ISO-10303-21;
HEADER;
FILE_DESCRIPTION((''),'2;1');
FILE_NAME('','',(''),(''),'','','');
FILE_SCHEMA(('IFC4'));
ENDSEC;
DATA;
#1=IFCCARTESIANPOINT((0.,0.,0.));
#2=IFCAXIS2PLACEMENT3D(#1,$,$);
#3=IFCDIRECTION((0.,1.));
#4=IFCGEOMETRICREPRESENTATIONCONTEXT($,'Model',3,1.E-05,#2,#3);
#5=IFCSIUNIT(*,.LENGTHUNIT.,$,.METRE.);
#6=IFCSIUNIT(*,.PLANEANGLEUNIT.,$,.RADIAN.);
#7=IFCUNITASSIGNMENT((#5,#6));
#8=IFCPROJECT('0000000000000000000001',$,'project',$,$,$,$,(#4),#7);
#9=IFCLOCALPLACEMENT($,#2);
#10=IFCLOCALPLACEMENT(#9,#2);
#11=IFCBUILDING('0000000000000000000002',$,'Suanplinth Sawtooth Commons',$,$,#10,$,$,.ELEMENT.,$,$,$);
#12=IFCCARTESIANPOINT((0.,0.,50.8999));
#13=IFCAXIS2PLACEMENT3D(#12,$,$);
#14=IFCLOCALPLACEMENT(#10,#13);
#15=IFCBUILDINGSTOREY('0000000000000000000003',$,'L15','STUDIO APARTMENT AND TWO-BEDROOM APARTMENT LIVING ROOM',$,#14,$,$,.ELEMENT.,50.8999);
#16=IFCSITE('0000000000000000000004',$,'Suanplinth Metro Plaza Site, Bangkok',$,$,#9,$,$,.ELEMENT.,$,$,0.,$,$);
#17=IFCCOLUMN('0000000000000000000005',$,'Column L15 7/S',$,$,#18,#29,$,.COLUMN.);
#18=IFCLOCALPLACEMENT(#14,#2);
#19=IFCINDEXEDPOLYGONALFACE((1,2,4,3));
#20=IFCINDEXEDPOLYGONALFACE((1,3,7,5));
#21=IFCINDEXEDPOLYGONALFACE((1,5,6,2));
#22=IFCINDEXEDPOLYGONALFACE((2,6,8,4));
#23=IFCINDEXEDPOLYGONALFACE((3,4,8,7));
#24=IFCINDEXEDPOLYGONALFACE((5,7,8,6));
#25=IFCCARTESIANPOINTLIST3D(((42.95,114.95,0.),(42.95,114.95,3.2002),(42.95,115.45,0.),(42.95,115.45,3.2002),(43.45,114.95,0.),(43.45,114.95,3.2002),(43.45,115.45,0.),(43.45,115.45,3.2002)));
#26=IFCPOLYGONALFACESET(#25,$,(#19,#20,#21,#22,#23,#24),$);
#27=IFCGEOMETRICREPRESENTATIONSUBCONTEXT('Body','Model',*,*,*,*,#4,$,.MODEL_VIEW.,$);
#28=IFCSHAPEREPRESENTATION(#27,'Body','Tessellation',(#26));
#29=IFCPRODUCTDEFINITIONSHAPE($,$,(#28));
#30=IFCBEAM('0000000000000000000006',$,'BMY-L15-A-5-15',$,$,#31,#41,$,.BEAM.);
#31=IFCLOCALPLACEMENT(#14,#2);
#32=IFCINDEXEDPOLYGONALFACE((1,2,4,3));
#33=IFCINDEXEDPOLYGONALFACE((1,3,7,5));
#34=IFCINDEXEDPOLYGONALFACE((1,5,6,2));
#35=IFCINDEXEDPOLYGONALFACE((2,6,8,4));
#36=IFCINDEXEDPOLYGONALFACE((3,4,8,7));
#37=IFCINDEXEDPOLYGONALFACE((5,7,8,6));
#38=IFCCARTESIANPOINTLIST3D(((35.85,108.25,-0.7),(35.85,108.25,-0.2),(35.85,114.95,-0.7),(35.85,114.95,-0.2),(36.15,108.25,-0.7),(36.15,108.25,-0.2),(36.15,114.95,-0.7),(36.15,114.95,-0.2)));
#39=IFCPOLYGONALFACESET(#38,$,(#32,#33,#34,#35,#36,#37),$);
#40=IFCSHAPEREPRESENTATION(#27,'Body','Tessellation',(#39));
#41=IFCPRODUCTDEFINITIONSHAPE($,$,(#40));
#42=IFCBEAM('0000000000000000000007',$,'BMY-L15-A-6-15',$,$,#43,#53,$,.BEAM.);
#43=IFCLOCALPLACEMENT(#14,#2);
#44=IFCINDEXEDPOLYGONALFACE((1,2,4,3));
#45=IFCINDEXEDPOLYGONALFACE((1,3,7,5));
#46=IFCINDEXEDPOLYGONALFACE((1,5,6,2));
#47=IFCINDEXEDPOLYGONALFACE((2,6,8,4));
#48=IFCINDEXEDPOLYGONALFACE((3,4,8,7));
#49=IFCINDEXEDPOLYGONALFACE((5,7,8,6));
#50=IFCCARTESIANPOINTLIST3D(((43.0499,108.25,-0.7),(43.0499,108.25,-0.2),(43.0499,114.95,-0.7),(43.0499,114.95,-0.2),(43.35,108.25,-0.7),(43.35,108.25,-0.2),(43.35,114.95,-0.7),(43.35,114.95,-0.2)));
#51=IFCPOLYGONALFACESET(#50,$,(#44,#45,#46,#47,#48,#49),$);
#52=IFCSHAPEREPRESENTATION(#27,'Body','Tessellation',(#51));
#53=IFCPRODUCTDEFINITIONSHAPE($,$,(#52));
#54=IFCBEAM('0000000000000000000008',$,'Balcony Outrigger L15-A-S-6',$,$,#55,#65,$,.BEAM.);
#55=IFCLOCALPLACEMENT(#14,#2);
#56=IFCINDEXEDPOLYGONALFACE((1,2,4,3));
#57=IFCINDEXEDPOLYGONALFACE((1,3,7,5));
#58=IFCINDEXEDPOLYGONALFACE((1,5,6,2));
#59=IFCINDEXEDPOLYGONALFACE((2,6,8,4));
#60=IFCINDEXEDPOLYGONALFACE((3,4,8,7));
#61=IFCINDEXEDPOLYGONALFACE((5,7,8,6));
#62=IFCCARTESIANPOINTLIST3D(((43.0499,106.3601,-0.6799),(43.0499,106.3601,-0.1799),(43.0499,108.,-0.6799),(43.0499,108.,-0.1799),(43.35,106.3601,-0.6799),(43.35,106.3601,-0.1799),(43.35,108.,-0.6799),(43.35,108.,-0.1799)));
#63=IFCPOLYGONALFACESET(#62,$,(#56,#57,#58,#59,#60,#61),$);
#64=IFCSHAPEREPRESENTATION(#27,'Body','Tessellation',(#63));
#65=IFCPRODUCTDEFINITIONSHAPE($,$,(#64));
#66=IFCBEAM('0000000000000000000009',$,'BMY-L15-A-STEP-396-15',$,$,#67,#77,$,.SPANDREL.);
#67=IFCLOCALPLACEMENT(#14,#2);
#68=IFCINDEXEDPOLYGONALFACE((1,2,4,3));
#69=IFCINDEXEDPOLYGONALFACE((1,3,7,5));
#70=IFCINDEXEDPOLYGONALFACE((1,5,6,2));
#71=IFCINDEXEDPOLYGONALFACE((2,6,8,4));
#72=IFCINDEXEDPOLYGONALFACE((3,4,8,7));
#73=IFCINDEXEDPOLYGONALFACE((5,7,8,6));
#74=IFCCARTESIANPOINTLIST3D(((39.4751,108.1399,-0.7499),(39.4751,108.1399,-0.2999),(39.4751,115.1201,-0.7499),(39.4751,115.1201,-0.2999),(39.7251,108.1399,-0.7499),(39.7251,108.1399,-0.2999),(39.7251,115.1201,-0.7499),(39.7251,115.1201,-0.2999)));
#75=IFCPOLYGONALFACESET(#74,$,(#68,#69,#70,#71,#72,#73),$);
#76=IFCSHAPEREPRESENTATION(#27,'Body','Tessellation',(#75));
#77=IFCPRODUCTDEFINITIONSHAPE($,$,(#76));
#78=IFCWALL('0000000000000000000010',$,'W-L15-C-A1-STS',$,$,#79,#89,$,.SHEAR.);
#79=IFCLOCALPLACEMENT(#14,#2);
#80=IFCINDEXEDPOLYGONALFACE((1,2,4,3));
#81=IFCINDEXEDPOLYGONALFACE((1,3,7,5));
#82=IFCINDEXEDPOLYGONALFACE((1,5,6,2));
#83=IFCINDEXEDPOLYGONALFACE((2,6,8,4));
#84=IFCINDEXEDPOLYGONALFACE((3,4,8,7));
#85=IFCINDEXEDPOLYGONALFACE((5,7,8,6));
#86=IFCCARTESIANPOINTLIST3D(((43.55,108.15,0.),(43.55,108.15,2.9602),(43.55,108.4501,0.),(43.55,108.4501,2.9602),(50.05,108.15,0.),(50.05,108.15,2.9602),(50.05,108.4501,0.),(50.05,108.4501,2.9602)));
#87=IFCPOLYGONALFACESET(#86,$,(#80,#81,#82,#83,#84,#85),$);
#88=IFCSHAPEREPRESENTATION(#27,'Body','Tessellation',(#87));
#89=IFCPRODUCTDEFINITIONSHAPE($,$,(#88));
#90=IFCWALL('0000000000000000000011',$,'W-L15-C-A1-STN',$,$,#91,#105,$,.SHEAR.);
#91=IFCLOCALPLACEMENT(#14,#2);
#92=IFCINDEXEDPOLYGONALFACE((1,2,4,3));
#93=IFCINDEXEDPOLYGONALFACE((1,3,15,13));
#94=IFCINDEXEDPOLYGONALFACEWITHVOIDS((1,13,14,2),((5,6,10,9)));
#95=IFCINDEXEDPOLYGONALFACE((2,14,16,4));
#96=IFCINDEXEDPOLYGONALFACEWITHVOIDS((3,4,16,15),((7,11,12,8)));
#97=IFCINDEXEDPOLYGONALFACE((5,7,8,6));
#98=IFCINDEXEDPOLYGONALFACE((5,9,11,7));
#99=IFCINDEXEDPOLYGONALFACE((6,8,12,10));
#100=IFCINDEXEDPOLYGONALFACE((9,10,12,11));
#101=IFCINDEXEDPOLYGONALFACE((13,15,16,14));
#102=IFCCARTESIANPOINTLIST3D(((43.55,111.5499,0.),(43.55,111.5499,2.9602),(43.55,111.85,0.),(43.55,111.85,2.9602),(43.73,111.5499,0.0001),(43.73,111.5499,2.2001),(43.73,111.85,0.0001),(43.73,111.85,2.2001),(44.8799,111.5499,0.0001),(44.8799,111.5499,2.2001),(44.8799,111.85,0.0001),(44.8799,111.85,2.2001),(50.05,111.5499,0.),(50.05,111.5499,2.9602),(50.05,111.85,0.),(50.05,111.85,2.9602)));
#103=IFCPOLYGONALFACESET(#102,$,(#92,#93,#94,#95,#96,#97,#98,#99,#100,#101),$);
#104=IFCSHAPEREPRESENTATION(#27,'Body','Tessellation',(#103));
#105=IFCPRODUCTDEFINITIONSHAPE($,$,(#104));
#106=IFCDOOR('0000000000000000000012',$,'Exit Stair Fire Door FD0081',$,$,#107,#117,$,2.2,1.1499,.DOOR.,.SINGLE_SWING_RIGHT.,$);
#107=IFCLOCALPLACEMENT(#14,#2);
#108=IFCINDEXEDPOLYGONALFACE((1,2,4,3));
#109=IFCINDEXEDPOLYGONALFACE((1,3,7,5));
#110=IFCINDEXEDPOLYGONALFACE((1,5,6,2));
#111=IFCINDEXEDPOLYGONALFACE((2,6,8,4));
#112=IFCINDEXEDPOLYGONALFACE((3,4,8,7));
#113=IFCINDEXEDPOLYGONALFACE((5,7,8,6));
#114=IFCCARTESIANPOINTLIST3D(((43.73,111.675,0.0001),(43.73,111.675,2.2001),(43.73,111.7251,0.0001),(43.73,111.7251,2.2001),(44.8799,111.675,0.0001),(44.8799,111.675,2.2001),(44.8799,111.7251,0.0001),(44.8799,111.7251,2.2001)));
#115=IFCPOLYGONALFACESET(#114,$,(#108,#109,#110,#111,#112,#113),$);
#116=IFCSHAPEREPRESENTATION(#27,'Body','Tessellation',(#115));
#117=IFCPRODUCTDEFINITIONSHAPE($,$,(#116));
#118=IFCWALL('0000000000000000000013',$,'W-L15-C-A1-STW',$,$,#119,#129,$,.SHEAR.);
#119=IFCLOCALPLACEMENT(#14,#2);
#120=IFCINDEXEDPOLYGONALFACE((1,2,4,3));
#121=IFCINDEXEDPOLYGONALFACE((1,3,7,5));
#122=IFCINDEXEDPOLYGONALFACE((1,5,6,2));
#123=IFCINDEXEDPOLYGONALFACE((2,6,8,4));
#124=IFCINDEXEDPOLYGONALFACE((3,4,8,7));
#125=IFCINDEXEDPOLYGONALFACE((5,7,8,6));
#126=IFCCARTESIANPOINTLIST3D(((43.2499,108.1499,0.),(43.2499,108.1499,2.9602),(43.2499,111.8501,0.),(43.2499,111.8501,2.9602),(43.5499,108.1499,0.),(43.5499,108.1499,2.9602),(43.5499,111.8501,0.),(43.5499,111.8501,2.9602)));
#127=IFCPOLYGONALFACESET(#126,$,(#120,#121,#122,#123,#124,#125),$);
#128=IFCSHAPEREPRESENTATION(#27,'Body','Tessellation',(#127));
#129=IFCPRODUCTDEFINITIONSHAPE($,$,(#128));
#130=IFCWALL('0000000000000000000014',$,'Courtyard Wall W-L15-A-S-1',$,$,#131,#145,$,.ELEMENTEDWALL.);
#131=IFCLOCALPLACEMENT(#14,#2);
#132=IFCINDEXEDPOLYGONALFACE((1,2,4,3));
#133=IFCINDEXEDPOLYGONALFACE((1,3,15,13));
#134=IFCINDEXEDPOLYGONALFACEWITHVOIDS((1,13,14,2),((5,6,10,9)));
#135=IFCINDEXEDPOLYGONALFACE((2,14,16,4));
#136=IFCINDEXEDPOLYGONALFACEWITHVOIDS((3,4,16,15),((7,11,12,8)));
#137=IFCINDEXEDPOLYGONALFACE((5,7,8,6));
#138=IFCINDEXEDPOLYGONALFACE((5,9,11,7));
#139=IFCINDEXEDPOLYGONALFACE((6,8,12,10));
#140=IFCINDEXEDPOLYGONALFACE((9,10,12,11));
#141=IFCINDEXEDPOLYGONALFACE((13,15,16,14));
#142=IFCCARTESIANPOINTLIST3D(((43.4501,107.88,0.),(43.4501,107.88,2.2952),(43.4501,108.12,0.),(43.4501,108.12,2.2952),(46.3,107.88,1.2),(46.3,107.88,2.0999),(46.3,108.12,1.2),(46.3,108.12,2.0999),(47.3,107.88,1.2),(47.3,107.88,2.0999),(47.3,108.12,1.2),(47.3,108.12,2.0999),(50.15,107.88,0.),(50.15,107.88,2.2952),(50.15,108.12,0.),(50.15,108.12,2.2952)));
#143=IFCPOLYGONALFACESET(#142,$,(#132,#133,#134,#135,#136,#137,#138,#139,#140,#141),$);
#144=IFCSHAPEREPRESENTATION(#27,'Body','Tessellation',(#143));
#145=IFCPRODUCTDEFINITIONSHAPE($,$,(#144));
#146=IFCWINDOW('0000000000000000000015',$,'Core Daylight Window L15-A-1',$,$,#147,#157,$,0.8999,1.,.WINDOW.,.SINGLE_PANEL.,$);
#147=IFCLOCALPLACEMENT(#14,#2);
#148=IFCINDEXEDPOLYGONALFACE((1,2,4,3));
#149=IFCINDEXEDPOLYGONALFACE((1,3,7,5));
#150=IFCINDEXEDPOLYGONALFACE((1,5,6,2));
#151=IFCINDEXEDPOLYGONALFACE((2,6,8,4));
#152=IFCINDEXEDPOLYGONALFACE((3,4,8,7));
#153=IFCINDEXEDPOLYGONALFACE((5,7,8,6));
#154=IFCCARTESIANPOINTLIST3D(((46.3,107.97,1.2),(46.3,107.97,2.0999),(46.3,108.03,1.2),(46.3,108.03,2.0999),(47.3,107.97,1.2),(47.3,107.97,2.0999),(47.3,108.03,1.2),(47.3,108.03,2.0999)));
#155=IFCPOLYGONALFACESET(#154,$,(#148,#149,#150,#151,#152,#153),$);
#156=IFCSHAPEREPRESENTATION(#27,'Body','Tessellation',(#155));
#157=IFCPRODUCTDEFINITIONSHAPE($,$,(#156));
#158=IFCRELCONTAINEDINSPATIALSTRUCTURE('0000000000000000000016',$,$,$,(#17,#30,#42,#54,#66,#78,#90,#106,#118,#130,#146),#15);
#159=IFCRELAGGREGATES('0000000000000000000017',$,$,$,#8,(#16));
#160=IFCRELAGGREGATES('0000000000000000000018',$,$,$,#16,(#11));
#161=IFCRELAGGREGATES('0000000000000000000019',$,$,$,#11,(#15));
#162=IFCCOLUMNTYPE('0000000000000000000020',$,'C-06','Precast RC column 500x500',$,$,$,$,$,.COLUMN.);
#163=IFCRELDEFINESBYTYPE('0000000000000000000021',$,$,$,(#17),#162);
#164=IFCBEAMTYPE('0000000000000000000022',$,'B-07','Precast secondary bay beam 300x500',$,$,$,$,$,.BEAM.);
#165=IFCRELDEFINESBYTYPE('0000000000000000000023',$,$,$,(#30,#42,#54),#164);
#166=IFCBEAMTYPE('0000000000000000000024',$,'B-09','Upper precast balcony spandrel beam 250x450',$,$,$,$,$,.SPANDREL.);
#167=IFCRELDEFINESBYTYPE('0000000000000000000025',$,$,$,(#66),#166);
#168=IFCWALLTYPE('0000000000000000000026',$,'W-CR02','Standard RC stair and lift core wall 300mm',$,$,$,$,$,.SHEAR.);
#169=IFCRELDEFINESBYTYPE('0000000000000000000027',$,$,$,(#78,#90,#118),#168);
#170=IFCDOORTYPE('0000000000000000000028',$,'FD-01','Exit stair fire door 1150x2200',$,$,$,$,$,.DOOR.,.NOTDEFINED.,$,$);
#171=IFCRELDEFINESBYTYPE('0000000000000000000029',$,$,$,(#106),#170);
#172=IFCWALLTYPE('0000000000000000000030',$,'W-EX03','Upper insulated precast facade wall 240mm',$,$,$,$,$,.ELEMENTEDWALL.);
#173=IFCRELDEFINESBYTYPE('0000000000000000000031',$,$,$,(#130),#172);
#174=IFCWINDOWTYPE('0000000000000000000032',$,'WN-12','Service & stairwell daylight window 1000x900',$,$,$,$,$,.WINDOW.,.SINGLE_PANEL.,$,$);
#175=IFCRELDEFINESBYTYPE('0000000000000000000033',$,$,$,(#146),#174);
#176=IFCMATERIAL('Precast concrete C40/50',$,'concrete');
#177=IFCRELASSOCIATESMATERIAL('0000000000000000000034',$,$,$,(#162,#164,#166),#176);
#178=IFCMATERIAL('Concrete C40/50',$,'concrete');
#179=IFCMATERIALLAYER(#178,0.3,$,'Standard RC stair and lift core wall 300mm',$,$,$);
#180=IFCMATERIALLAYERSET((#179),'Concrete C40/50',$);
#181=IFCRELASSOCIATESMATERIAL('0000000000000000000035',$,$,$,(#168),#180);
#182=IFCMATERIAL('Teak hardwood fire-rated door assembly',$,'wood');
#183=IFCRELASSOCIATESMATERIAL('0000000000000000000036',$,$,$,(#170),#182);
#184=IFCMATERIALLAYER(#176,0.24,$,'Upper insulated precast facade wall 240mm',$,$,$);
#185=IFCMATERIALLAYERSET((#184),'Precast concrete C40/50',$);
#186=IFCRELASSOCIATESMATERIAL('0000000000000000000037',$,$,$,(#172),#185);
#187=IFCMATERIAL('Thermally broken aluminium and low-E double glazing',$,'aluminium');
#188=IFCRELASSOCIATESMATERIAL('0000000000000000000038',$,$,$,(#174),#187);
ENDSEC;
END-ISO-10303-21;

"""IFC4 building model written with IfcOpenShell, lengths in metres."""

from ifc_helpers import new_model, si_unit, direction, frame, frame_2d, origin, origin_2d, place, context, subcontext, project, spatial, rectangle, extrude, material, layer, layer_set, material_profile, profile_set, type_object, element, fill, save


model = new_model("IFC4")

# Units and contexts
model_context = context("Model", 3, precision=1e-05, world=origin(), true_north=direction((0.0, 1.0)))
body_context = subcontext(model_context, "Body", "Model", "MODEL_VIEW")
ifc_project = project(units=[si_unit("LENGTHUNIT", "METRE"), si_unit("PLANEANGLEUNIT", "RADIAN")], contexts=[model_context])

# Site, building, storey
site_placement = place(None, origin())
site = spatial("IfcSite", under=ifc_project, at=site_placement, Name="Suanplinth Metro Plaza Site, Bangkok", CompositionType="ELEMENT", RefElevation=0.0)
building_placement = place(site_placement, origin())
building = spatial("IfcBuilding", under=site, at=building_placement, Name="Suanplinth Sawtooth Commons", CompositionType="ELEMENT")
storey_placement = place(building_placement, frame((0.0, 0.0, 50.8999)))
storey = spatial("IfcBuildingStorey", under=building, at=storey_placement, Name="L15", Description="STUDIO APARTMENT AND TWO-BEDROOM APARTMENT LIVING ROOM", CompositionType="ELEMENT", Elevation=50.8999)

# Column
ifc_material_1 = material(Name="Precast concrete C40/50", Category="concrete")
ifc_material_profile_1 = material_profile(ifc_material_1, rectangle(XDim=0.5, YDim=0.5, at=origin_2d()), Name="PC-COL 500x500")
ifc_profile_set_1 = profile_set([ifc_material_profile_1], Name="Precast concrete C40/50")
column_type = type_object("IfcColumnType", Name="C-06", Description="Precast RC column 500x500", PredefinedType="COLUMN", material=ifc_profile_set_1)
column_placement = place(storey_placement, frame((43.2, 115.2, 0.0), z_axis=(0.0, 0.0, 1.0), x_axis=(1.0, 0.0, 0.0)))
element("IfcColumn", 1, at=column_placement, inside=storey, type_object=column_type, Name="Column L15 7/S", PredefinedType="COLUMN", context=body_context, shape_type="SweptSolid", body=[
    extrude(rectangle(XDim=0.5, YDim=0.5, at=origin_2d()), origin(), (0.0, 0.0, 1.0), 3.2002),
])

# Beams
ifc_material_profile_2 = material_profile(ifc_material_1, rectangle(XDim=0.3, YDim=0.5, at=origin_2d()), Name="PC-BM 300x500")
ifc_profile_set_2 = profile_set([ifc_material_profile_2], Name="Precast concrete C40/50")
beam_type_1 = type_object("IfcBeamType", Name="B-07", Description="Precast secondary bay beam 300x500", PredefinedType="BEAM", material=ifc_profile_set_2)
for number, where, z_axis, x_axis, name in (
    (2, (36.0, 108.25, -0.45), (0.0, 1.0, 0.0), (-1.0, 0.0, 0.0), "BMY-L15-A-5-15"),
    (3, (43.2, 108.25, -0.45), (0.0, 1.0, 0.0), (-1.0, 0.0, 0.0), "BMY-L15-A-6-15"),
):
    element("IfcBeam", number, at=place(storey_placement, frame(where, z_axis=z_axis, x_axis=x_axis)), inside=storey, type_object=beam_type_1, Name=name, PredefinedType="BEAM", context=body_context, shape_type="SweptSolid", body=[
        extrude(rectangle(XDim=0.3, YDim=0.5, at=origin_2d()), origin(), (0.0, 0.0, 1.0), 6.7),
    ])
beam_1_placement = place(storey_placement, frame((43.2, 108.0, -0.4299), z_axis=(0.0, -1.0, 0.0), x_axis=(1.0, 0.0, 0.0)))
element("IfcBeam", 4, at=beam_1_placement, inside=storey, type_object=beam_type_1, Name="Balcony Outrigger L15-A-S-6", PredefinedType="BEAM", context=body_context, shape_type="SweptSolid", body=[
    extrude(rectangle(XDim=0.3, YDim=0.5, at=origin_2d()), origin(), (0.0, 0.0, 1.0), 1.6399),
])
ifc_material_profile_3 = material_profile(ifc_material_1, rectangle(XDim=0.25, YDim=0.45, at=origin_2d()), Name="PC-SP 250x450")
ifc_profile_set_3 = profile_set([ifc_material_profile_3], Name="Precast concrete C40/50")
beam_type_2 = type_object("IfcBeamType", Name="B-09", Description="Upper precast balcony spandrel beam 250x450", PredefinedType="SPANDREL", material=ifc_profile_set_3)
beam_2_placement = place(storey_placement, frame((39.6001, 108.1399, -0.5249), z_axis=(0.0, 1.0, 0.0), x_axis=(-1.0, 0.0, 0.0)))
element("IfcBeam", 5, at=beam_2_placement, inside=storey, type_object=beam_type_2, Name="BMY-L15-A-STEP-396-15", PredefinedType="SPANDREL", context=body_context, shape_type="SweptSolid", body=[
    extrude(rectangle(XDim=0.25, YDim=0.45, at=origin_2d()), origin(), (0.0, 0.0, 1.0), 6.9802),
])

# Wall
ifc_material_2 = material(Name="Concrete C40/50", Category="concrete")
ifc_layer_1 = layer(ifc_material_2, 0.3, Name="Standard RC stair and lift core wall 300mm")
ifc_layer_set_1 = layer_set([ifc_layer_1], Name="Concrete C40/50")
wall_type_1 = type_object("IfcWallType", Name="W-CR02", Description="Standard RC stair and lift core wall 300mm", PredefinedType="SHEAR", material=ifc_layer_set_1)
wall_1_placement = place(storey_placement, frame((43.55, 108.3, 0.0), z_axis=(0.0, 0.0, 1.0), x_axis=(1.0, 0.0, 0.0)))
element("IfcWall", 6, at=wall_1_placement, inside=storey, type_object=wall_type_1, Name="W-L15-C-A1-STS", PredefinedType="SHEAR", context=body_context, shape_type="SweptSolid", body=[
    extrude(rectangle(XDim=6.5, YDim=0.3, at=frame_2d((3.25, 0.0))), origin(), (0.0, 0.0, 1.0), 2.9602),
])

# Wall, opening, door
wall_2_placement = place(storey_placement, frame((43.55, 111.7, 0.0), z_axis=(0.0, 0.0, 1.0), x_axis=(1.0, 0.0, 0.0)))
wall_2 = element("IfcWall", 7, at=wall_2_placement, inside=storey, type_object=wall_type_1, Name="W-L15-C-A1-STN", PredefinedType="SHEAR", context=body_context, shape_type="SweptSolid", body=[
    extrude(rectangle(XDim=6.5, YDim=0.3, at=frame_2d((3.25, 0.0))), origin(), (0.0, 0.0, 1.0), 2.9602),
])
opening_1_placement = place(wall_2_placement, frame((0.1799, 0.0, 0.0)))
opening_1 = element("IfcOpeningElement", 8, at=opening_1_placement, cuts=wall_2, PredefinedType="OPENING", context=body_context, shape_type="SweptSolid", body=[
    extrude(rectangle(XDim=1.1499, YDim=2.2, at=frame_2d((0.575, 1.1001))), frame((0.0, 0.165, 0.0), z_axis=(0.0, -1.0, 0.0), x_axis=(1.0, 0.0, 0.0)), (0.0, 0.0, 1.0), 0.3298),
])
ifc_material_3 = material(Name="Teak hardwood fire-rated door assembly", Category="wood")
door_type_1 = type_object("IfcDoorType", Name="FD-01", Description="Exit stair fire door 1150x2200", OperationType="NOTDEFINED", PredefinedType="DOOR", material=ifc_material_3)
door_1_placement = place(opening_1_placement, frame((1.1499, 0.0, 0.0), z_axis=(0.0, 0.0, 1.0), x_axis=(-1.0, 0.0, 0.0)))
door_1 = element("IfcDoor", 9, at=door_1_placement, inside=storey, type_object=door_type_1, Name="Exit Stair Fire Door FD0081", OperationType="SINGLE_SWING_RIGHT", OverallHeight=2.2, OverallWidth=1.1499, PredefinedType="DOOR", context=body_context, shape_type="SweptSolid", body=[
    extrude(rectangle(XDim=1.1499, YDim=2.2, at=frame_2d((0.575, 1.1001))), frame((0.0, 0.0249, 0.0), z_axis=(0.0, -1.0, 0.0), x_axis=(1.0, 0.0, 0.0)), (0.0, 0.0, 1.0), 0.05),
])
fill(opening_1, door_1)

# Wall
wall_3_placement = place(storey_placement, frame((43.3999, 108.1499, 0.0), z_axis=(0.0, 0.0, 1.0), x_axis=(0.0, 1.0, 0.0)))
element("IfcWall", 10, at=wall_3_placement, inside=storey, type_object=wall_type_1, Name="W-L15-C-A1-STW", PredefinedType="SHEAR", context=body_context, shape_type="SweptSolid", body=[
    extrude(rectangle(XDim=3.7002, YDim=0.3, at=frame_2d((1.8501, 0.0))), origin(), (0.0, 0.0, 1.0), 2.9602),
])

# Wall, opening, window
ifc_layer_2 = layer(ifc_material_1, 0.24, Name="Upper insulated precast facade wall 240mm")
ifc_layer_set_2 = layer_set([ifc_layer_2], Name="Precast concrete C40/50")
wall_type_2 = type_object("IfcWallType", Name="W-EX03", Description="Upper insulated precast facade wall 240mm", PredefinedType="ELEMENTEDWALL", material=ifc_layer_set_2)
wall_4_placement = place(storey_placement, frame((43.45, 108.0, 0.0), z_axis=(0.0, 0.0, 1.0), x_axis=(1.0, 0.0, 0.0)))
wall_4 = element("IfcWall", 11, at=wall_4_placement, inside=storey, type_object=wall_type_2, Name="Courtyard Wall W-L15-A-S-1", PredefinedType="ELEMENTEDWALL", context=body_context, shape_type="SweptSolid", body=[
    extrude(rectangle(XDim=6.7, YDim=0.24, at=frame_2d((3.3501, 0.0))), origin(), (0.0, 0.0, 1.0), 2.2952),
])
opening_2_placement = place(wall_4_placement, frame((2.8501, 0.0, 1.2)))
opening_2 = element("IfcOpeningElement", 12, at=opening_2_placement, cuts=wall_4, PredefinedType="OPENING", context=body_context, shape_type="SweptSolid", body=[
    extrude(rectangle(XDim=1.0, YDim=0.8999, at=frame_2d((0.5, 0.45))), frame((0.0, 0.1348, 0.0), z_axis=(0.0, -1.0, 0.0), x_axis=(1.0, 0.0, 0.0)), (0.0, 0.0, 1.0), 0.2698),
])
ifc_material_4 = material(Name="Thermally broken aluminium and low-E double glazing", Category="aluminium")
window_type = type_object("IfcWindowType", Name="WN-12", Description="Service & stairwell daylight window 1000x900", PartitioningType="SINGLE_PANEL", PredefinedType="WINDOW", material=ifc_material_4)
window_1_placement = place(opening_2_placement, origin())
window_1 = element("IfcWindow", 13, at=window_1_placement, inside=storey, type_object=window_type, Name="Core Daylight Window L15-A-1", OverallHeight=0.8999, OverallWidth=1.0, PartitioningType="SINGLE_PANEL", PredefinedType="WINDOW", context=body_context, shape_type="SweptSolid", body=[
    extrude(rectangle(XDim=1.0, YDim=0.8999, at=frame_2d((0.5, 0.45))), frame((0.0, 0.03, 0.0), z_axis=(0.0, -1.0, 0.0), x_axis=(1.0, 0.0, 0.0)), (0.0, 0.0, 1.0), 0.0601),
])
fill(opening_2, window_1)

save(model, "model.ifc")
